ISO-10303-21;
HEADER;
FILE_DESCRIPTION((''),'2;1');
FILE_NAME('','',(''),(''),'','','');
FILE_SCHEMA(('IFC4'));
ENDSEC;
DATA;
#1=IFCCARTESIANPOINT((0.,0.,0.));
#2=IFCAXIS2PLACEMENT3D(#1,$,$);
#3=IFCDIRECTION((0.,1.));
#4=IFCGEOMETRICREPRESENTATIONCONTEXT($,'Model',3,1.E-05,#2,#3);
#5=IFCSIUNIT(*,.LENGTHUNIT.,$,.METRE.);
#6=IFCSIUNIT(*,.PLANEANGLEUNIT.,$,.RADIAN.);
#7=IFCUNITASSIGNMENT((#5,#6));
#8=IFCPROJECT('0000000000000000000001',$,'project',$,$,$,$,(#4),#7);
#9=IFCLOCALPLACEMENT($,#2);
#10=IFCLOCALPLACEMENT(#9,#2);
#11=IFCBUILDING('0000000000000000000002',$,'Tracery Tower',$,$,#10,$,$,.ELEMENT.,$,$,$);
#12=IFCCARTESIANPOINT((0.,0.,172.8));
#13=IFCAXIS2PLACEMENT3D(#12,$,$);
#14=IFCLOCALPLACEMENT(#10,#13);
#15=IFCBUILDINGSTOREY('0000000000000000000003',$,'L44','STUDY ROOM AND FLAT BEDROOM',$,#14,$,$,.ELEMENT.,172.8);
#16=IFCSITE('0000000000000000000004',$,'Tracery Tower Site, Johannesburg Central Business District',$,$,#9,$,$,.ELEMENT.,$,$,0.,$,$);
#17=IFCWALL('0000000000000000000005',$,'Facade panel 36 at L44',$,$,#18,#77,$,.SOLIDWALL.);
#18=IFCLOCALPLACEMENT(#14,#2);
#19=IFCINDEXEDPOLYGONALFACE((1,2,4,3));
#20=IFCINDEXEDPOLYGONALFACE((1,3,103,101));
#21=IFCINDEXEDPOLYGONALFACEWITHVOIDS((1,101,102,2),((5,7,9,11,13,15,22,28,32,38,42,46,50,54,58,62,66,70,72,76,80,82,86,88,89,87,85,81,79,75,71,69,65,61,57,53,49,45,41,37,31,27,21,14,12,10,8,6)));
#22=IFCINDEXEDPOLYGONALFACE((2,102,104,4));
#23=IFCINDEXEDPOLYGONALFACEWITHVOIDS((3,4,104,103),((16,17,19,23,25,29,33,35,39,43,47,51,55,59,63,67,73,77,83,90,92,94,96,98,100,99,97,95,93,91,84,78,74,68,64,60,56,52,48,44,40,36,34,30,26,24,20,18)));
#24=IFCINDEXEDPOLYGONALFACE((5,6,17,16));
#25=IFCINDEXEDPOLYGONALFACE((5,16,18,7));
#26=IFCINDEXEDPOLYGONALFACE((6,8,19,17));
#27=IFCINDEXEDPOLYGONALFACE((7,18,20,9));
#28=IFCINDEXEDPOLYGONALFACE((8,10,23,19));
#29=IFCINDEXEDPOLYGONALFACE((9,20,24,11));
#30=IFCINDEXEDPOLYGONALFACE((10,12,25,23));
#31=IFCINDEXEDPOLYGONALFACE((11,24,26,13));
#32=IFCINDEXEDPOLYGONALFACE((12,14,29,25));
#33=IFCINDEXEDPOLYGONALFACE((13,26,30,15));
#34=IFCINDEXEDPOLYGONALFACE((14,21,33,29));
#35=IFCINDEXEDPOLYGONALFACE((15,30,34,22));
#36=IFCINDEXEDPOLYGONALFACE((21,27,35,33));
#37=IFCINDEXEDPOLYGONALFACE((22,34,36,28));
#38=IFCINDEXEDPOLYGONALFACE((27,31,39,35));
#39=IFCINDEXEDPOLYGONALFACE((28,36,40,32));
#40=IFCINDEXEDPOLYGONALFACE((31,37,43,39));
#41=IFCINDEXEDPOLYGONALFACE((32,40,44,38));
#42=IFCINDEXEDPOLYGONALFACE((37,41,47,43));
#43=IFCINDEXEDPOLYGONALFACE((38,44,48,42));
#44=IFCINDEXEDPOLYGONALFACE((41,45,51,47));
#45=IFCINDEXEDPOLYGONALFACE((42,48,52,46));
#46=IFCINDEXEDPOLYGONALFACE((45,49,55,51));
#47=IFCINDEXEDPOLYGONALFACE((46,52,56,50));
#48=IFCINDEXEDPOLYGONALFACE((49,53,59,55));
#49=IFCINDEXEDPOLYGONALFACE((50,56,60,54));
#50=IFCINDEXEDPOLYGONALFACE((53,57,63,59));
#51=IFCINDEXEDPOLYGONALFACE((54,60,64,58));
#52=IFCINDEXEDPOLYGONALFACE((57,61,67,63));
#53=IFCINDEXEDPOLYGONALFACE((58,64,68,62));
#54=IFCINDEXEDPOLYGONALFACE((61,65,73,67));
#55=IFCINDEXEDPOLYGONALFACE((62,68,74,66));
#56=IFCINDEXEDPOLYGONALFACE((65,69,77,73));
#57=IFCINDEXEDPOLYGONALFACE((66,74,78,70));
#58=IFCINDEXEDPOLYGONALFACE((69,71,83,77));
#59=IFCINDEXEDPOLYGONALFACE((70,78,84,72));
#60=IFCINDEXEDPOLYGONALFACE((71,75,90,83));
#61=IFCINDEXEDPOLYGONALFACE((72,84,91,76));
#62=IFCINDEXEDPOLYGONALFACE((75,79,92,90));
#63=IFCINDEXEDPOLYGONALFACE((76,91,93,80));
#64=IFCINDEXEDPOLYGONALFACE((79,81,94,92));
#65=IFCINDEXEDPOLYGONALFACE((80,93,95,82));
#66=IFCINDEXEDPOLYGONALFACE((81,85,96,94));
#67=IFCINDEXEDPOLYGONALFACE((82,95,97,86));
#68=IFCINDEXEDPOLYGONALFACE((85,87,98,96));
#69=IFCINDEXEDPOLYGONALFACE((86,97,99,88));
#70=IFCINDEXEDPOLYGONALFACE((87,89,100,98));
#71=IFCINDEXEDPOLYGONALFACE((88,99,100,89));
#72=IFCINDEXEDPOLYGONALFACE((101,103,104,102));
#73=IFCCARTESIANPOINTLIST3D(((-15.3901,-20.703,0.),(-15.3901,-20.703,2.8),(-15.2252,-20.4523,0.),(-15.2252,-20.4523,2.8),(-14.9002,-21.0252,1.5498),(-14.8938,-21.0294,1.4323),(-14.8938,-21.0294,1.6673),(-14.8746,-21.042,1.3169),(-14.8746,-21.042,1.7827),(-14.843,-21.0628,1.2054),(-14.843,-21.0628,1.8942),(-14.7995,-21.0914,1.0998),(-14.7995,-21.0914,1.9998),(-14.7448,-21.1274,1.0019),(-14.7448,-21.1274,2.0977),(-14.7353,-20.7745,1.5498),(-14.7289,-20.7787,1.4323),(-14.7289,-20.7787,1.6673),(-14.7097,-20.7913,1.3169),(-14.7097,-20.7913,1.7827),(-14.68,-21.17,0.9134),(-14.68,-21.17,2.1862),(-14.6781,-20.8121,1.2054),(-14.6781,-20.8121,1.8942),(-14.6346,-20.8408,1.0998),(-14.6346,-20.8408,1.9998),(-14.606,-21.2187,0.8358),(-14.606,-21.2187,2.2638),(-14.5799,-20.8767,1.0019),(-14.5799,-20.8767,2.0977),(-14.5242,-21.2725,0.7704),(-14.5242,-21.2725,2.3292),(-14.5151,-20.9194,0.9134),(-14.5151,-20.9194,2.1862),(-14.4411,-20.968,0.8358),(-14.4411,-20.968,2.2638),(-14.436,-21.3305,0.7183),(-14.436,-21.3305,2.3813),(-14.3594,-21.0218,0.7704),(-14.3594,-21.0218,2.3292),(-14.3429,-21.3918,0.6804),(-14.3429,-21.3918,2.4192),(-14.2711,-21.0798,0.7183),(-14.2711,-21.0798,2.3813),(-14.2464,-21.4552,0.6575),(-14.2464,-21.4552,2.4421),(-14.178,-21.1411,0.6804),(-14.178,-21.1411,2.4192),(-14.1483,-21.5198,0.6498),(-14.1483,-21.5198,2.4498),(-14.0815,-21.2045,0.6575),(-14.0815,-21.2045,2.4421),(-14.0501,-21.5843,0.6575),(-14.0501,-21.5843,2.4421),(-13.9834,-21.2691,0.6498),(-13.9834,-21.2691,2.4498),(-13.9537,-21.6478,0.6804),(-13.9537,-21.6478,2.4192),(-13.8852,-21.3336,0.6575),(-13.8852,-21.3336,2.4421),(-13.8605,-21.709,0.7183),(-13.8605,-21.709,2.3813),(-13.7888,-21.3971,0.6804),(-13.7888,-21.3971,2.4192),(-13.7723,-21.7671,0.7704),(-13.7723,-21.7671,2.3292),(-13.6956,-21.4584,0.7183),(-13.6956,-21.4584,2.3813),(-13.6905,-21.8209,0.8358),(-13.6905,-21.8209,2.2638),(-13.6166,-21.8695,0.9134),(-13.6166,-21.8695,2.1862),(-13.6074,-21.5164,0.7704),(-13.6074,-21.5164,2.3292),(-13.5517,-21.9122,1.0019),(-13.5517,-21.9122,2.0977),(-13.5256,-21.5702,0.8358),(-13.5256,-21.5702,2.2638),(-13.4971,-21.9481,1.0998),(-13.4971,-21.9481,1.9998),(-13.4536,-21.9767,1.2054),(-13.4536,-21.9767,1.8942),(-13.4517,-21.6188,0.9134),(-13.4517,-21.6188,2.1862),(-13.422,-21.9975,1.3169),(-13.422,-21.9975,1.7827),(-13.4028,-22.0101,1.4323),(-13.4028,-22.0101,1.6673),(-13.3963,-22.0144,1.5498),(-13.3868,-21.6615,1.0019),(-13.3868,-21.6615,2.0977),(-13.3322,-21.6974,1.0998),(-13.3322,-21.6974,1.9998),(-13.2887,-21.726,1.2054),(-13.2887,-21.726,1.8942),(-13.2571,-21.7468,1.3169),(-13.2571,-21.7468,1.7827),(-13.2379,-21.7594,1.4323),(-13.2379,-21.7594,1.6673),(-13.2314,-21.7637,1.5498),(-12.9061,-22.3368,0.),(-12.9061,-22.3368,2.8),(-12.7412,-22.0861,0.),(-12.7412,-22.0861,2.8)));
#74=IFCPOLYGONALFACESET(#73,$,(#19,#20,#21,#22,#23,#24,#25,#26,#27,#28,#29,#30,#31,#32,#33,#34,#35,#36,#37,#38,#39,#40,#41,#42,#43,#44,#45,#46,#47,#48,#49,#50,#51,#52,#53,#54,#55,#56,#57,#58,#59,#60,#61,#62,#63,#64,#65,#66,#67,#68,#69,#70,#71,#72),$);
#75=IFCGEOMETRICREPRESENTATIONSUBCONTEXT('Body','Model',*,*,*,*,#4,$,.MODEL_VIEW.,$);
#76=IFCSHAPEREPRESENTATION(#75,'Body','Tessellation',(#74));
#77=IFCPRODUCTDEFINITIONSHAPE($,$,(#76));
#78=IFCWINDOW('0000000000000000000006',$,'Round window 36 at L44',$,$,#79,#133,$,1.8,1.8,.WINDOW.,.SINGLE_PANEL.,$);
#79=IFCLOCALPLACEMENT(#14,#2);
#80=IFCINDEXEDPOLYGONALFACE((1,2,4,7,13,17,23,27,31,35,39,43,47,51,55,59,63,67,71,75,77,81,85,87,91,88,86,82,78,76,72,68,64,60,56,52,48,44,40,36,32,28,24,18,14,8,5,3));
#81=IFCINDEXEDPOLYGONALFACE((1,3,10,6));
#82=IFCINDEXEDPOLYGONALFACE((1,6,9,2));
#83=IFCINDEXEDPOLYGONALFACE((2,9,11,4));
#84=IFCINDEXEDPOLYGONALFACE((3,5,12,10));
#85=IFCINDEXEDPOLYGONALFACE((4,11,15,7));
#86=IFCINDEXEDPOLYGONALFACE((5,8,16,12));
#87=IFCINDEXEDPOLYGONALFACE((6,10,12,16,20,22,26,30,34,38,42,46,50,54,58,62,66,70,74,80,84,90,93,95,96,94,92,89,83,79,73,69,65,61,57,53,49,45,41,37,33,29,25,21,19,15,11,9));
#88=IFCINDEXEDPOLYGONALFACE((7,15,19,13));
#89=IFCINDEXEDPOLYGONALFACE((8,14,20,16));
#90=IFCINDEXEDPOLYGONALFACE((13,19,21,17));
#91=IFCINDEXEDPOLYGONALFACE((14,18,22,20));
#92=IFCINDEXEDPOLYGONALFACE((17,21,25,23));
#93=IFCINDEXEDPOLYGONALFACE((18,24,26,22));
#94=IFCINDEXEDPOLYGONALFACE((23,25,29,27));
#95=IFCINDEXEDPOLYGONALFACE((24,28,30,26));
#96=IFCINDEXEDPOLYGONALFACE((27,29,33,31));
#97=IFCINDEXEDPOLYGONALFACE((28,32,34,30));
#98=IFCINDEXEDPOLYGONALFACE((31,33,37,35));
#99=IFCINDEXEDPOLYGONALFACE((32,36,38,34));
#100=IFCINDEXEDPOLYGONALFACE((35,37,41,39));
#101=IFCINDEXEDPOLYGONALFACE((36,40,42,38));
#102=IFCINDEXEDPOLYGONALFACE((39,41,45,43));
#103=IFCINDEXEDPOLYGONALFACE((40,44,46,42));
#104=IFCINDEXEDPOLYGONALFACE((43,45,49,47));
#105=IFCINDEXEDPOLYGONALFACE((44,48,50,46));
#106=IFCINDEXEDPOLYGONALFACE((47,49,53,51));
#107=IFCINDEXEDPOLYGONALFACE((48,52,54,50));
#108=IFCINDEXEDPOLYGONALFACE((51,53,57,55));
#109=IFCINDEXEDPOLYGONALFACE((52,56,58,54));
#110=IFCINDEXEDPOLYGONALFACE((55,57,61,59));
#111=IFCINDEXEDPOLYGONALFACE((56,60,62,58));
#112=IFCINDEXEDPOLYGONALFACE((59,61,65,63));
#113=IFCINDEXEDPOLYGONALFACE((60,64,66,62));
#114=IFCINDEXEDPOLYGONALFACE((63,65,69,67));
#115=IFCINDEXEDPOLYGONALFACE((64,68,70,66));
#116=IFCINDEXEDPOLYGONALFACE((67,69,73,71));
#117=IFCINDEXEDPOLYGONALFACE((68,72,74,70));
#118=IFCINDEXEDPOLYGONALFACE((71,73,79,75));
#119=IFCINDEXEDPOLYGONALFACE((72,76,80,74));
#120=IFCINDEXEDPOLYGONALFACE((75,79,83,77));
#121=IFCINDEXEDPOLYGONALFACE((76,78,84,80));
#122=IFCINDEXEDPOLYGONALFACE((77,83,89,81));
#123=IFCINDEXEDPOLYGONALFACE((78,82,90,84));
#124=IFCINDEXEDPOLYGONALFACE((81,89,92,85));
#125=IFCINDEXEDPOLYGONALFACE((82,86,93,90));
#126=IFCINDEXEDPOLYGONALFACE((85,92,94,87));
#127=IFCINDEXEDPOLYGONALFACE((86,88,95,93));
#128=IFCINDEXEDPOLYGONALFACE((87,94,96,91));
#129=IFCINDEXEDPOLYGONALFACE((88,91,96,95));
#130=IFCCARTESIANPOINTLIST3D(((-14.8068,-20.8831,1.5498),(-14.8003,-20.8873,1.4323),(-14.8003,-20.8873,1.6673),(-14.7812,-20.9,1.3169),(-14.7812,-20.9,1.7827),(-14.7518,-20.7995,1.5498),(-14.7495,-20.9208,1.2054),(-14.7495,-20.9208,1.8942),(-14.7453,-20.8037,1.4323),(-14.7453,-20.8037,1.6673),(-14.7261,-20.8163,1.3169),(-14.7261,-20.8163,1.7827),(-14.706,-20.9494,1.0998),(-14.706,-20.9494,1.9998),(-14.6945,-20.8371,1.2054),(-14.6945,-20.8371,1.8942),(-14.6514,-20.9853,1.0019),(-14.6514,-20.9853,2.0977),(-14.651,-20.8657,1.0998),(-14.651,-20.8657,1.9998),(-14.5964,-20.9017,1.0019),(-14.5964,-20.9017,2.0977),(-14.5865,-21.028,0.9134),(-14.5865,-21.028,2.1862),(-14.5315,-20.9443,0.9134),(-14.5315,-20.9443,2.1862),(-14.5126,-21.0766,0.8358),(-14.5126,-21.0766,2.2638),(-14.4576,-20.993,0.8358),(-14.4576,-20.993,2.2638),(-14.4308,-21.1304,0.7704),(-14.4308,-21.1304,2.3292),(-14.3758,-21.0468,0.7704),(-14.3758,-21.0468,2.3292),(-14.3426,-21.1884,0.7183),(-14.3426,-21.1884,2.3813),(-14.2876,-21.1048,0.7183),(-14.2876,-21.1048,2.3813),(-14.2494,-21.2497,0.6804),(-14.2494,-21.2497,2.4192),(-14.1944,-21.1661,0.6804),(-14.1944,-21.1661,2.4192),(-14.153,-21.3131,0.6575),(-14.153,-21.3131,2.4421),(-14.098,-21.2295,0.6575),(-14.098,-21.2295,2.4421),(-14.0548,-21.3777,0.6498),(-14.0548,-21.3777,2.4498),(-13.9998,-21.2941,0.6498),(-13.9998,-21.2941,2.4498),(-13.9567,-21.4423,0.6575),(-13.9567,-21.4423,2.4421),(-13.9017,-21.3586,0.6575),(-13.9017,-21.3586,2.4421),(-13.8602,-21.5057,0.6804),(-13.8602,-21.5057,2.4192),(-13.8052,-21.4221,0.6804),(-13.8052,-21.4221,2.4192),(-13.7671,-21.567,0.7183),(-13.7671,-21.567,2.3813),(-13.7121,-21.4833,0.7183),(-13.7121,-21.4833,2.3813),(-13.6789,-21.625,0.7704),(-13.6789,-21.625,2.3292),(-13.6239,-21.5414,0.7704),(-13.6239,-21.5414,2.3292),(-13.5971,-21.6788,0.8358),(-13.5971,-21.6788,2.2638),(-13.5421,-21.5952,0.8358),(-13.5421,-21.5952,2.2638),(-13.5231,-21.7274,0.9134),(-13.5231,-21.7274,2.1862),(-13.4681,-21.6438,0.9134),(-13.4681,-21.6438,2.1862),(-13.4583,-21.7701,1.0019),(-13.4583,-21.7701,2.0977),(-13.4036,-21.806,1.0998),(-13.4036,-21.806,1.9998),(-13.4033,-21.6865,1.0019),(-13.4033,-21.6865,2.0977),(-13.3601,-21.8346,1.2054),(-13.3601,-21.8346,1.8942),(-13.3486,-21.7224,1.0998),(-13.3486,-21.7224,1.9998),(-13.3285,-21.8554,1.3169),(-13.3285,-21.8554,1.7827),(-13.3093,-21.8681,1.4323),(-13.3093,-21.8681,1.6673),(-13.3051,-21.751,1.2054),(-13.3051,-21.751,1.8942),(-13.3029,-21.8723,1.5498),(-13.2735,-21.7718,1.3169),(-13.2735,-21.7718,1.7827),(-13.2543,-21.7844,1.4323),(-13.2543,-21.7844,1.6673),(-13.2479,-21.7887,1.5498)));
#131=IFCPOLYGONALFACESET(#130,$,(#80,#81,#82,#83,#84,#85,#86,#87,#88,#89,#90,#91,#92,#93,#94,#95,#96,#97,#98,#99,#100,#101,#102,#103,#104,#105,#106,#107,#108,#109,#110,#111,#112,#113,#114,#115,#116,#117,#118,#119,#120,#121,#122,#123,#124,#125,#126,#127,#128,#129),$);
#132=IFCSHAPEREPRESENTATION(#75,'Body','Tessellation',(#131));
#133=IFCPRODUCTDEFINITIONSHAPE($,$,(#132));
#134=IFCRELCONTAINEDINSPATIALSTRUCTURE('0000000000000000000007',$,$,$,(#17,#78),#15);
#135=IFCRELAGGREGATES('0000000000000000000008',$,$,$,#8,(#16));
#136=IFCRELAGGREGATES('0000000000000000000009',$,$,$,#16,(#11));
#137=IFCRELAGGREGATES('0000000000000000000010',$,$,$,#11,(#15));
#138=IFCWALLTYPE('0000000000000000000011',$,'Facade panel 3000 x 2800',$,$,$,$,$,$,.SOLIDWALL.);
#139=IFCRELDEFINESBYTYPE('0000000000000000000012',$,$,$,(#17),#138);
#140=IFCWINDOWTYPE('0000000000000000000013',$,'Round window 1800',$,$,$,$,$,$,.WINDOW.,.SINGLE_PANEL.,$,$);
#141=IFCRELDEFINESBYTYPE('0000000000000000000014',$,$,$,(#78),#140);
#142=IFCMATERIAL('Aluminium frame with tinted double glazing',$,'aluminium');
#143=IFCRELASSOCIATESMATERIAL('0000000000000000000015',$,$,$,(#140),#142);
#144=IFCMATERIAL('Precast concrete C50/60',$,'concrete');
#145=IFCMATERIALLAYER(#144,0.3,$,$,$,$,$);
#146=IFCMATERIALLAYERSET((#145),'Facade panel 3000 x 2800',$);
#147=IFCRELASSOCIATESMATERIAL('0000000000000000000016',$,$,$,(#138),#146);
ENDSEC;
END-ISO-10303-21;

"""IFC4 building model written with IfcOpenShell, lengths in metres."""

from ifc_helpers import new_model, si_unit, direction, frame, frame_2d, origin, origin_2d, place, context, subcontext, project, spatial, rectangle, circle, extrude, material, layer, layer_set, type_object, element, fill, save


model = new_model("IFC4")

# Units and contexts
model_context = context("Model", 3, precision=1e-05, world=origin(), true_north=direction((0.0, 1.0)))
body_context = subcontext(model_context, "Body", "Model", "MODEL_VIEW")
ifc_project = project(units=[si_unit("LENGTHUNIT", "METRE"), si_unit("PLANEANGLEUNIT", "RADIAN")], contexts=[model_context])

# Site, building, storey
site_placement = place(None, origin())
site = spatial("IfcSite", under=ifc_project, at=site_placement, Name="Tracery Tower Site, Johannesburg Central Business District", CompositionType="ELEMENT", RefElevation=0.0)
building_placement = place(site_placement, origin())
building = spatial("IfcBuilding", under=site, at=building_placement, Name="Tracery Tower", CompositionType="ELEMENT")
storey_placement = place(building_placement, frame((0.0, 0.0, 172.8)))
storey = spatial("IfcBuildingStorey", under=building, at=storey_placement, Name="L44", Description="STUDY ROOM AND FLAT BEDROOM", CompositionType="ELEMENT", Elevation=172.8)

# Wall, opening, window
ifc_material_1 = material(Name="Aluminium frame with tinted double glazing", Category="aluminium")
window_type = type_object("IfcWindowType", Name="Round window 1800", PartitioningType="SINGLE_PANEL", PredefinedType="WINDOW", material=ifc_material_1)
ifc_material_2 = material(Name="Precast concrete C50/60", Category="concrete")
ifc_layer_1 = layer(ifc_material_2, 0.3)
ifc_layer_set_1 = layer_set([ifc_layer_1], Name="Facade panel 3000 x 2800")
wall_type_1 = type_object("IfcWallType", Name="Facade panel 3000 x 2800", PredefinedType="SOLIDWALL", material=ifc_layer_set_1)
wall_1_placement = place(storey_placement, frame((-15.3076, -20.5776, 0.0), z_axis=(0.0, 0.0, 1.0), x_axis=(0.835471, -0.549535, 0.0)))
wall_1 = element("IfcWall", 1, at=wall_1_placement, inside=storey, type_object=wall_type_1, Name="Facade panel 36 at L44", PredefinedType="SOLIDWALL", context=body_context, shape_type="SweptSolid", body=[
    extrude(rectangle(XDim=2.9731, YDim=0.3, at=frame_2d((1.4866, 0.0))), origin(), (0.0, 0.0, 1.0), 2.8),
])
opening_1_placement = place(wall_1_placement, frame((1.4863, 0.0, 1.5498)))
opening_1 = element("IfcOpeningElement", 2, at=opening_1_placement, cuts=wall_1, PredefinedType="OPENING", context=body_context, shape_type="SweptSolid", body=[
    extrude(circle(Radius=0.9, at=origin_2d()), frame((0.0, 0.1599, 0.0), z_axis=(0.0, -1.0, 0.0), x_axis=(1.0, 0.0, 0.0)), (0.0, 0.0, 1.0), 0.3201),
])
window_1_placement = place(opening_1_placement, origin())
window_1 = element("IfcWindow", 3, at=window_1_placement, inside=storey, type_object=window_type, Name="Round window 36 at L44", OverallHeight=1.8, OverallWidth=1.8, PartitioningType="SINGLE_PANEL", PredefinedType="WINDOW", context=body_context, shape_type="SweptSolid", body=[
    extrude(circle(Radius=0.9, at=origin_2d()), frame((0.0, 0.1201, 0.0), z_axis=(0.0, -1.0, 0.0), x_axis=(1.0, 0.0, 0.0)), (0.0, 0.0, 1.0), 0.1001),
])
fill(opening_1, window_1)

save(model, "model.ifc")
